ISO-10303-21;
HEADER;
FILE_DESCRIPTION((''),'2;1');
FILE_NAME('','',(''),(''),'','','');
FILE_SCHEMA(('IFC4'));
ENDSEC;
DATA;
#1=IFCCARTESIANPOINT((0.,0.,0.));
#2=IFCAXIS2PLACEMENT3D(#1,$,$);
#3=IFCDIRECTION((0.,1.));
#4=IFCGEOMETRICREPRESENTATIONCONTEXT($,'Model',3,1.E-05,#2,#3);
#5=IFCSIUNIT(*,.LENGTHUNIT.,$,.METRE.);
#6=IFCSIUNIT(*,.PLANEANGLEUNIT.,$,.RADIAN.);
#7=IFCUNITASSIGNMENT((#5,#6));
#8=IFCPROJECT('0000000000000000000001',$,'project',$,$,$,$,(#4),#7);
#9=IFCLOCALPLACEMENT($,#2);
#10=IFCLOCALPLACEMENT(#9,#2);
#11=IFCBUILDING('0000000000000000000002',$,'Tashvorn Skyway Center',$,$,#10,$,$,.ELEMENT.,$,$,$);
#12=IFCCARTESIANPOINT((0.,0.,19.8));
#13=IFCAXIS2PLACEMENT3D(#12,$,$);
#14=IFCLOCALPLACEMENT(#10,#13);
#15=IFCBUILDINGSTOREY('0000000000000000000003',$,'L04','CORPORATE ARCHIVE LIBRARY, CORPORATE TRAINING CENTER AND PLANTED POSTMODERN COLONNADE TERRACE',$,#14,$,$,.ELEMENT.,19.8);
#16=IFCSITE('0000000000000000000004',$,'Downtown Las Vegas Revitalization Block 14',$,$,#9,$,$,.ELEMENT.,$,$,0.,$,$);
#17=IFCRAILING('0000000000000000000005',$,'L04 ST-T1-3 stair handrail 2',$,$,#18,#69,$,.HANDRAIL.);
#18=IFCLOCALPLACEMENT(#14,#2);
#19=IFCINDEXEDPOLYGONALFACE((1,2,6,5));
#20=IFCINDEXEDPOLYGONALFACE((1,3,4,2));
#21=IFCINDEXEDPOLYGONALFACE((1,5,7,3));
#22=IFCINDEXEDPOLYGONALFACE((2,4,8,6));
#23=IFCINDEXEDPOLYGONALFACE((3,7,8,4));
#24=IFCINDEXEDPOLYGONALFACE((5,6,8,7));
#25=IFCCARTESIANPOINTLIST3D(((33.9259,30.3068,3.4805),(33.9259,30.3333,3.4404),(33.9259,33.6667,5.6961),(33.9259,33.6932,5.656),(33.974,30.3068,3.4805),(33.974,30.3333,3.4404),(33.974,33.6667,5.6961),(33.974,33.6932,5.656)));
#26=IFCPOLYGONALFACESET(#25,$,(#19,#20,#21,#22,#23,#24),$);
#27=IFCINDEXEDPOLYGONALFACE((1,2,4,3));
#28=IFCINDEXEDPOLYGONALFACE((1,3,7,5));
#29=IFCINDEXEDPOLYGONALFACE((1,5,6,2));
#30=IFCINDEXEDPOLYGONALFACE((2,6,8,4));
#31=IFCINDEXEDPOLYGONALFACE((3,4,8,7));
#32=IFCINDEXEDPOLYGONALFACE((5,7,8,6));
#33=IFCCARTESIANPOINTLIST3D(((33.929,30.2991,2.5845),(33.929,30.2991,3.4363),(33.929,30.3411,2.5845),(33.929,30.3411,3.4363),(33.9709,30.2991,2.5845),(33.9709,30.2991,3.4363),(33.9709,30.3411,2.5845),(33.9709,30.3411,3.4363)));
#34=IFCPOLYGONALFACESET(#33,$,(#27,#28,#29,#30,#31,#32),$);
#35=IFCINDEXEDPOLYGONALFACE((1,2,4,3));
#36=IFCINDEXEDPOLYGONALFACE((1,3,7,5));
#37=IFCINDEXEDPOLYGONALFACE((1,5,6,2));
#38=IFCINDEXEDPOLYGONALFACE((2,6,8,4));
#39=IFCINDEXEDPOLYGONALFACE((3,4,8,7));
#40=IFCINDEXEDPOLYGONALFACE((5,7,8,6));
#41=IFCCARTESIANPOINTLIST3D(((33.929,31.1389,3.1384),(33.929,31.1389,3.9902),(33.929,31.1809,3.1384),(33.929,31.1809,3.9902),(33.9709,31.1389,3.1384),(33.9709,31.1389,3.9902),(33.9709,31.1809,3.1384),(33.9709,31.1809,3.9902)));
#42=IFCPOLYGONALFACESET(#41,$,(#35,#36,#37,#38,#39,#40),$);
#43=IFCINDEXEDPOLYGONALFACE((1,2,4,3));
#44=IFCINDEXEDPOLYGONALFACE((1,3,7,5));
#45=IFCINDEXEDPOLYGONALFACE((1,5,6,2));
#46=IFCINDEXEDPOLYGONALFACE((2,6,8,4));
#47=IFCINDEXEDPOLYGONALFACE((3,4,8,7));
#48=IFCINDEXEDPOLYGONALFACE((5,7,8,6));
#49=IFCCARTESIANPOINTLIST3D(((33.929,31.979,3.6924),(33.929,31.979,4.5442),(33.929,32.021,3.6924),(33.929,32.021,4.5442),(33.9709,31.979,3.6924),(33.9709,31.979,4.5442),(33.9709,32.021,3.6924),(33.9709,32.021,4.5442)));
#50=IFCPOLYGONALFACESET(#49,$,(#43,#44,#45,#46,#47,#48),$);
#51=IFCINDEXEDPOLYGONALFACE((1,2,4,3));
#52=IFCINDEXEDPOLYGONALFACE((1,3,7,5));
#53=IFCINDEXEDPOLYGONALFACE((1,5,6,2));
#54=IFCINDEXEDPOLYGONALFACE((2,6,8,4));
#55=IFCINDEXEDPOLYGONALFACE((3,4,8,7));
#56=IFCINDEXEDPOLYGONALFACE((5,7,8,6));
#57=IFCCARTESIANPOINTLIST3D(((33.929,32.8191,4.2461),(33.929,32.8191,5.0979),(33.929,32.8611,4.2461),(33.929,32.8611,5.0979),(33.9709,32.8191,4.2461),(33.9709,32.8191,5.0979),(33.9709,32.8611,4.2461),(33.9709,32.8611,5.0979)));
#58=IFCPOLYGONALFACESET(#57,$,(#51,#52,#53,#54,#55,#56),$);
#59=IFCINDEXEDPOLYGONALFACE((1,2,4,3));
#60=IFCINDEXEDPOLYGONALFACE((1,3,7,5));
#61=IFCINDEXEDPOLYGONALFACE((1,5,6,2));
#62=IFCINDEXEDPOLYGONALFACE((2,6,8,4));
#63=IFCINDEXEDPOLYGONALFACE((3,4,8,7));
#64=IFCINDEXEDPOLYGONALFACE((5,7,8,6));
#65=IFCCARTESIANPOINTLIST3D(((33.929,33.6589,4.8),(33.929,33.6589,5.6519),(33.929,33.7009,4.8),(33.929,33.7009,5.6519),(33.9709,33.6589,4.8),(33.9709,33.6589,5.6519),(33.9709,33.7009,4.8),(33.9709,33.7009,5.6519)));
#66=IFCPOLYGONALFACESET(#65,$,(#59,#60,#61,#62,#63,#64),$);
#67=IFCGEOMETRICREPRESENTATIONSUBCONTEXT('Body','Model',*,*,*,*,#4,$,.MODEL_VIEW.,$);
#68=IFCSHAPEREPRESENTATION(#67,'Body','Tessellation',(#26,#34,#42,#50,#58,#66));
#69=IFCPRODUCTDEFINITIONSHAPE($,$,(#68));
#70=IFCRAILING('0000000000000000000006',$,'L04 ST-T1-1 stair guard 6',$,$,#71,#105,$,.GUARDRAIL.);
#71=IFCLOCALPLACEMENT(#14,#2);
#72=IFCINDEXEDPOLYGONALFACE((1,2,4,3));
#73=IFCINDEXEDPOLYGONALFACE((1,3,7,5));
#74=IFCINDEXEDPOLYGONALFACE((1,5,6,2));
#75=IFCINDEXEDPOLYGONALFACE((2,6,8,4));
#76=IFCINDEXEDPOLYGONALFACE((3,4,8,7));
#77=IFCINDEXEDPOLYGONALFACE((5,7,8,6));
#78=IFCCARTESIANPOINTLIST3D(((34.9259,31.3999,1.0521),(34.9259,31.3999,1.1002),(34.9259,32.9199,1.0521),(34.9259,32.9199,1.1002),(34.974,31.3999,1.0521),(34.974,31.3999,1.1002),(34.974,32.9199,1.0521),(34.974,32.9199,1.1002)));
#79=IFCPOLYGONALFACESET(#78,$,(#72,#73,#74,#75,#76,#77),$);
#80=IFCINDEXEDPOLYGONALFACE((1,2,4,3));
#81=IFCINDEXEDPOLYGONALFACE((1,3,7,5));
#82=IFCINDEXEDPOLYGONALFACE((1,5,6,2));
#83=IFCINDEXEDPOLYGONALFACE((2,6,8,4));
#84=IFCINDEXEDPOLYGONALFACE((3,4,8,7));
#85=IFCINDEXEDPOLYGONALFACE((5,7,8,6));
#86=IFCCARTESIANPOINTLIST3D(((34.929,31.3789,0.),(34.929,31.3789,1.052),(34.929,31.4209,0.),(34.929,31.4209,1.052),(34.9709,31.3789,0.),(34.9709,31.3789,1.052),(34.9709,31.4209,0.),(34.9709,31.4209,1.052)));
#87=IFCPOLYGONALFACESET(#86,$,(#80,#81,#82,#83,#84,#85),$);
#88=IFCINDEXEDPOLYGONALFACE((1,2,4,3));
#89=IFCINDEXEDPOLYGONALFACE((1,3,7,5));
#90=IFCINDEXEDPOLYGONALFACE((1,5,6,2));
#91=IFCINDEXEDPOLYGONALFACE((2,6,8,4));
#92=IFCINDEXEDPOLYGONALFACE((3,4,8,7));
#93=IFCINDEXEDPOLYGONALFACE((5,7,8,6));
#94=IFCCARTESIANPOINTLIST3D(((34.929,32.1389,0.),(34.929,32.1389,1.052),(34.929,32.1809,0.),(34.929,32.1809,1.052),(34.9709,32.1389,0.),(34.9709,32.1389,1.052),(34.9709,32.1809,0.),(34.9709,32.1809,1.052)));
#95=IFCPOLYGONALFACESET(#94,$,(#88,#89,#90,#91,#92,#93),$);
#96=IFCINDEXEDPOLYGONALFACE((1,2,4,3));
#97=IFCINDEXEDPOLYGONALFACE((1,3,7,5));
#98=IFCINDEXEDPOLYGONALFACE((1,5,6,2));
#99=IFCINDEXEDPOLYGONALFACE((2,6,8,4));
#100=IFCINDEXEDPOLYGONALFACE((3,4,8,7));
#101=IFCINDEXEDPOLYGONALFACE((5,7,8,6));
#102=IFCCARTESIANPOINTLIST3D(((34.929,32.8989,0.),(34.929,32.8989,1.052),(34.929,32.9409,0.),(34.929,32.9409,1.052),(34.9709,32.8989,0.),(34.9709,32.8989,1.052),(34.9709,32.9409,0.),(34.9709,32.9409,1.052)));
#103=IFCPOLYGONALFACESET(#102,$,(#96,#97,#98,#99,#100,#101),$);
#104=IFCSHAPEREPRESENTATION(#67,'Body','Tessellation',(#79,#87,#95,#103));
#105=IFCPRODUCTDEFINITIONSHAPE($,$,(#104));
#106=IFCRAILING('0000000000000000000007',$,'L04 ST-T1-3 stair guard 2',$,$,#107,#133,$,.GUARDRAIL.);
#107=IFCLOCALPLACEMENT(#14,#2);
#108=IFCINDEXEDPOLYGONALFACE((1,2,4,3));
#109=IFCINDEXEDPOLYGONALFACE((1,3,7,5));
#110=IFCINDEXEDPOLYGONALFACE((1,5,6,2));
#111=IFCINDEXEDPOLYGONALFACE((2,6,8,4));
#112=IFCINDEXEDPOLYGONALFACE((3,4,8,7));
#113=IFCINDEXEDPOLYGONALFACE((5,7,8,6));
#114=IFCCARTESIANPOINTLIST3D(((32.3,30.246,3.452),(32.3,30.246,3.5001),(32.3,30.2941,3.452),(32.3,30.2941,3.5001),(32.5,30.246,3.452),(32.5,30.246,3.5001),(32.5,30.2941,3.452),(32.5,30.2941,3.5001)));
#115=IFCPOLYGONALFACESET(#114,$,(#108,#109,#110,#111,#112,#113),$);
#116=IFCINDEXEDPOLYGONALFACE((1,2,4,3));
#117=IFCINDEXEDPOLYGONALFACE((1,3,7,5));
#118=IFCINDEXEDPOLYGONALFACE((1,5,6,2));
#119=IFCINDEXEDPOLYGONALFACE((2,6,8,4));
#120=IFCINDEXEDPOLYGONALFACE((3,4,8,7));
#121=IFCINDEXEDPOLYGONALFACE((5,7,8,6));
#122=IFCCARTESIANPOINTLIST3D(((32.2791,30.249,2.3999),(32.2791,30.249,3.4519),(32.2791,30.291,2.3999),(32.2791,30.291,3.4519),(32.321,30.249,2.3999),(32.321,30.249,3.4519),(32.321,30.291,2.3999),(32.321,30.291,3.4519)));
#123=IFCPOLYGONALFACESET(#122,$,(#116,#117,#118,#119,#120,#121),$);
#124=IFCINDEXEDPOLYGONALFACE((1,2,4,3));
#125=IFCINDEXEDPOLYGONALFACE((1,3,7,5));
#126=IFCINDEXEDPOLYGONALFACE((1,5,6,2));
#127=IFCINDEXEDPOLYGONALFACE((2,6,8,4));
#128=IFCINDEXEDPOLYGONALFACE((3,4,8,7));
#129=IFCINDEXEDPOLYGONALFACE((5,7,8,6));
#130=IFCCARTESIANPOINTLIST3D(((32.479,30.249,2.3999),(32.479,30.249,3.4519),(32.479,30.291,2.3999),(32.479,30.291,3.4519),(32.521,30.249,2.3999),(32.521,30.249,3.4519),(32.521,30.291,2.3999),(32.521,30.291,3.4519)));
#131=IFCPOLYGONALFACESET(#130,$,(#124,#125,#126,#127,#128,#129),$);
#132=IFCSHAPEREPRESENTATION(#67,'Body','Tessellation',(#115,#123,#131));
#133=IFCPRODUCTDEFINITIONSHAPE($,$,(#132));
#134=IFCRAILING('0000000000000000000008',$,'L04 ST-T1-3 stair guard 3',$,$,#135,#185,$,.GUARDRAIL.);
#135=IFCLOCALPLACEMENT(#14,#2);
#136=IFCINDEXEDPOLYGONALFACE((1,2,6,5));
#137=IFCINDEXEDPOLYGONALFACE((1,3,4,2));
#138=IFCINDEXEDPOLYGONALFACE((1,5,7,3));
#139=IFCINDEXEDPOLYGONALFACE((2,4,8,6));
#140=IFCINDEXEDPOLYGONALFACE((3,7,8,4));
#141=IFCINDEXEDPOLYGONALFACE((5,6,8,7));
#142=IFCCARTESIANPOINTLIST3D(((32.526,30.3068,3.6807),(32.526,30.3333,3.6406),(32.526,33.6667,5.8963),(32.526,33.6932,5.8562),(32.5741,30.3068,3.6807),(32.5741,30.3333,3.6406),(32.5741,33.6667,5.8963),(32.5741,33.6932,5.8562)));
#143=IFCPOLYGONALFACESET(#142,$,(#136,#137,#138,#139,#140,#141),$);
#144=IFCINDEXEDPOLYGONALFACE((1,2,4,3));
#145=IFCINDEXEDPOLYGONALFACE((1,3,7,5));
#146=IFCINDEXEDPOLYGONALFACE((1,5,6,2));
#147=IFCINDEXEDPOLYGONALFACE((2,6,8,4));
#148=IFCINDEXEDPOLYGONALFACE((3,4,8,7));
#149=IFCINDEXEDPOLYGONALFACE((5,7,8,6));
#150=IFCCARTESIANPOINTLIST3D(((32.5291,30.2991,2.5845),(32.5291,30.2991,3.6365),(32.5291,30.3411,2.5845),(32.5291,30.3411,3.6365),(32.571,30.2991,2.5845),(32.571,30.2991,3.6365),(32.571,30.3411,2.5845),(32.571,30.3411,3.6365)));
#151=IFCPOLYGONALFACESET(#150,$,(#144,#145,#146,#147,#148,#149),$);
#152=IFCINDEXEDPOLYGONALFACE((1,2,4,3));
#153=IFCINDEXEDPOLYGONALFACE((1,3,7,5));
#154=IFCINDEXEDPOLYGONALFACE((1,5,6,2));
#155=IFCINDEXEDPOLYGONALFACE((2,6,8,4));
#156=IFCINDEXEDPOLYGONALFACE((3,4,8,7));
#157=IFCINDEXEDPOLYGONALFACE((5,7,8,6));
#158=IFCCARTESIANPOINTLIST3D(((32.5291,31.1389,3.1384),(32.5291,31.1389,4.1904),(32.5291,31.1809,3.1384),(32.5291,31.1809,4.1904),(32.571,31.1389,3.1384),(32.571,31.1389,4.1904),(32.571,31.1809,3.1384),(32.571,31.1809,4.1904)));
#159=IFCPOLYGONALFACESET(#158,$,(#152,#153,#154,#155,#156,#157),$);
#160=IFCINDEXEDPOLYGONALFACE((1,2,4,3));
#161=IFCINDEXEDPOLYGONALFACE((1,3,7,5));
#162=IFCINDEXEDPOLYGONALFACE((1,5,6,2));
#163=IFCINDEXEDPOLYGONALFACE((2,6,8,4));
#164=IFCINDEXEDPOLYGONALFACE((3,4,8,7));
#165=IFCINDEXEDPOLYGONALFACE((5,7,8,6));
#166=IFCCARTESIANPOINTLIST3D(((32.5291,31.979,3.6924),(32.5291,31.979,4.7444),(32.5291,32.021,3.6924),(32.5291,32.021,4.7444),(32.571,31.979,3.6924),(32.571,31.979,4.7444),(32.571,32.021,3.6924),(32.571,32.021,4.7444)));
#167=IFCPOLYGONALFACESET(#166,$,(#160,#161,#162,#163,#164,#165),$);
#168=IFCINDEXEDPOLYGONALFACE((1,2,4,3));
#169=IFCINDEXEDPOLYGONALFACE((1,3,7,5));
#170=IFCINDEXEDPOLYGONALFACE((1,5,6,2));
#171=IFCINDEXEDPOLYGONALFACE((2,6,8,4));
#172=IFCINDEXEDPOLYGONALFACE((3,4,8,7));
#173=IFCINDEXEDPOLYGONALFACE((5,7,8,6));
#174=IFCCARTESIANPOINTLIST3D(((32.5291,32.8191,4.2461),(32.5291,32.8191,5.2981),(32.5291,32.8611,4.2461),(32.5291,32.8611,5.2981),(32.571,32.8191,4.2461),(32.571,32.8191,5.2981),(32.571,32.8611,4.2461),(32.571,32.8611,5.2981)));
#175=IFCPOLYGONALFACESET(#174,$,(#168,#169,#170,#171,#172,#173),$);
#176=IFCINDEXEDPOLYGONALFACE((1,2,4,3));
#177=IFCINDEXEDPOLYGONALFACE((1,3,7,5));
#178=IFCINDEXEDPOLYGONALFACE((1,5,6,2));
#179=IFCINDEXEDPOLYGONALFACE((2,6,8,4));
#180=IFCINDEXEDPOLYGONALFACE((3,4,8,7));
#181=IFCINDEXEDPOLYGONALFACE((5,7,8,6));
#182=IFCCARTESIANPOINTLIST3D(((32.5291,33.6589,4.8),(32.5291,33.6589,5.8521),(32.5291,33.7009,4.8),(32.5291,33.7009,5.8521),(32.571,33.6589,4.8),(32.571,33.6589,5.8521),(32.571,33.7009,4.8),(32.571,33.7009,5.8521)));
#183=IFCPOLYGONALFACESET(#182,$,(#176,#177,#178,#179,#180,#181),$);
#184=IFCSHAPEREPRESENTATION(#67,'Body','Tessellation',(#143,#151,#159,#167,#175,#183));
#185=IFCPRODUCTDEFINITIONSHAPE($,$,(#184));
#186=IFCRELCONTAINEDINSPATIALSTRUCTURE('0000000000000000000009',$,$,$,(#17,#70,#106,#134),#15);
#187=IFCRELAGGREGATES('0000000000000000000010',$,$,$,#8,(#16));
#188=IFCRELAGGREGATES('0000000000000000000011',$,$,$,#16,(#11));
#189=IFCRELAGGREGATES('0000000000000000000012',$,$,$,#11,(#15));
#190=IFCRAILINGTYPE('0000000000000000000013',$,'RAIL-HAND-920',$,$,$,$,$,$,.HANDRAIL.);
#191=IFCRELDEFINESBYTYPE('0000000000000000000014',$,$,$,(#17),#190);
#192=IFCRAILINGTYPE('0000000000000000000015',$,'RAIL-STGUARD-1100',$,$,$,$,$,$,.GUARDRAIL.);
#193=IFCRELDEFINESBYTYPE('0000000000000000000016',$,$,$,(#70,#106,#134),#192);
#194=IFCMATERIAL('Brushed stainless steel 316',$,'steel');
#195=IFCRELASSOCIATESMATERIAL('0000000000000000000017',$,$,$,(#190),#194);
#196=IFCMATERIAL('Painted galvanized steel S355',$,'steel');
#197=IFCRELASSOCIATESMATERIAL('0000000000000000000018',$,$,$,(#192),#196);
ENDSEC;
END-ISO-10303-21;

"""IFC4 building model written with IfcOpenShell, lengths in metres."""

from ifc_helpers import new_model, si_unit, direction, frame, origin, origin_2d, place, context, subcontext, project, spatial, rectangle, extrude, material, type_object, element, save


model = new_model("IFC4")

# Units and contexts
model_context = context("Model", 3, precision=1e-05, world=origin(), true_north=direction((0.0, 1.0)))
body_context = subcontext(model_context, "Body", "Model", "MODEL_VIEW")
ifc_project = project(units=[si_unit("LENGTHUNIT", "METRE"), si_unit("PLANEANGLEUNIT", "RADIAN")], contexts=[model_context])

# Site, building, storey
site_placement = place(None, origin())
site = spatial("IfcSite", under=ifc_project, at=site_placement, Name="Downtown Las Vegas Revitalization Block 14", CompositionType="ELEMENT", RefElevation=0.0)
building_placement = place(site_placement, origin())
building = spatial("IfcBuilding", under=site, at=building_placement, Name="Tashvorn Skyway Center", CompositionType="ELEMENT")
storey_placement = place(building_placement, frame((0.0, 0.0, 19.8)))
storey = spatial("IfcBuildingStorey", under=building, at=storey_placement, Name="L04", Description="CORPORATE ARCHIVE LIBRARY, CORPORATE TRAINING CENTER AND PLANTED POSTMODERN COLONNADE TERRACE", CompositionType="ELEMENT", Elevation=19.8)

# Railings
ifc_material_1 = material(Name="Brushed stainless steel 316", Category="steel")
railing_type_1 = type_object("IfcRailingType", Name="RAIL-HAND-920", PredefinedType="HANDRAIL", material=ifc_material_1)
railing_1_placement = place(storey_placement, frame((33.95, 30.3201, 2.5845)))
element("IfcRailing", 1, at=railing_1_placement, inside=storey, type_object=railing_type_1, Name="L04 ST-T1-3 stair handrail 2", PredefinedType="HANDRAIL", context=body_context, shape_type="SweptSolid", body=[
    extrude(rectangle(XDim=0.0481, YDim=0.0481, at=origin_2d()), frame((0.0, 0.0, 0.876), z_axis=(0.0, 0.83483, 0.550508), x_axis=(-1.0, 0.0, 0.0)), (0.0, 0.0, 1.0), 4.0247),
    extrude(rectangle(XDim=0.042, YDim=0.042, at=origin_2d()), origin(), (0.0, 0.0, 1.0), 0.8518),
    extrude(rectangle(XDim=0.042, YDim=0.042, at=origin_2d()), frame((0.0, 0.8398, 0.554)), (0.0, 0.0, 1.0), 0.8518),
    extrude(rectangle(XDim=0.042, YDim=0.042, at=origin_2d()), frame((0.0, 1.6799, 1.1079)), (0.0, 0.0, 1.0), 0.8518),
    extrude(rectangle(XDim=0.042, YDim=0.042, at=origin_2d()), frame((0.0, 2.52, 1.6616)), (0.0, 0.0, 1.0), 0.8518),
    extrude(rectangle(XDim=0.042, YDim=0.042, at=origin_2d()), frame((0.0, 3.3599, 2.2156)), (0.0, 0.0, 1.0), 0.8518),
])
ifc_material_2 = material(Name="Painted galvanized steel S355", Category="steel")
railing_type_2 = type_object("IfcRailingType", Name="RAIL-STGUARD-1100", PredefinedType="GUARDRAIL", material=ifc_material_2)
railing_2_placement = place(storey_placement, frame((34.95, 31.3999, 0.0)))
element("IfcRailing", 2, at=railing_2_placement, inside=storey, type_object=railing_type_2, Name="L04 ST-T1-1 stair guard 6", PredefinedType="GUARDRAIL", context=body_context, shape_type="SweptSolid", body=[
    extrude(rectangle(XDim=0.0481, YDim=0.0481, at=origin_2d()), frame((0.0, 0.0, 1.0762), z_axis=(0.0, 1.0, 0.0), x_axis=(-1.0, 0.0, 0.0)), (0.0, 0.0, 1.0), 1.52),
    extrude(rectangle(XDim=0.042, YDim=0.042, at=origin_2d()), origin(), (0.0, 0.0, 1.0), 1.052),
    extrude(rectangle(XDim=0.042, YDim=0.042, at=origin_2d()), frame((0.0, 0.76, 0.0)), (0.0, 0.0, 1.0), 1.052),
    extrude(rectangle(XDim=0.042, YDim=0.042, at=origin_2d()), frame((0.0, 1.52, 0.0)), (0.0, 0.0, 1.0), 1.052),
])
railing_3_placement = place(storey_placement, frame((32.3, 30.27, 2.3999)))
element("IfcRailing", 3, at=railing_3_placement, inside=storey, type_object=railing_type_2, Name="L04 ST-T1-3 stair guard 2", PredefinedType="GUARDRAIL", context=body_context, shape_type="SweptSolid", body=[
    extrude(rectangle(XDim=0.0481, YDim=0.0481, at=origin_2d()), frame((0.0, 0.0, 1.0762), z_axis=(1.0, 0.0, 0.0), x_axis=(0.0, 1.0, 0.0)), (0.0, 0.0, 1.0), 0.2),
    extrude(rectangle(XDim=0.042, YDim=0.042, at=origin_2d()), origin(), (0.0, 0.0, 1.0), 1.052),
    extrude(rectangle(XDim=0.042, YDim=0.042, at=origin_2d()), frame((0.2, 0.0, 0.0)), (0.0, 0.0, 1.0), 1.052),
])
railing_4_placement = place(storey_placement, frame((32.55, 30.3201, 2.5845)))
element("IfcRailing", 4, at=railing_4_placement, inside=storey, type_object=railing_type_2, Name="L04 ST-T1-3 stair guard 3", PredefinedType="GUARDRAIL", context=body_context, shape_type="SweptSolid", body=[
    extrude(rectangle(XDim=0.0481, YDim=0.0481, at=origin_2d()), frame((0.0, 0.0, 1.0762), z_axis=(0.0, 0.83483, 0.550508), x_axis=(-1.0, 0.0, 0.0)), (0.0, 0.0, 1.0), 4.0247),
    extrude(rectangle(XDim=0.042, YDim=0.042, at=origin_2d()), origin(), (0.0, 0.0, 1.0), 1.052),
    extrude(rectangle(XDim=0.042, YDim=0.042, at=origin_2d()), frame((0.0, 0.8398, 0.554)), (0.0, 0.0, 1.0), 1.052),
    extrude(rectangle(XDim=0.042, YDim=0.042, at=origin_2d()), frame((0.0, 1.6799, 1.1079)), (0.0, 0.0, 1.0), 1.052),
    extrude(rectangle(XDim=0.042, YDim=0.042, at=origin_2d()), frame((0.0, 2.52, 1.6616)), (0.0, 0.0, 1.0), 1.052),
    extrude(rectangle(XDim=0.042, YDim=0.042, at=origin_2d()), frame((0.0, 3.3599, 2.2156)), (0.0, 0.0, 1.0), 1.052),
])

save(model, "model.ifc")
